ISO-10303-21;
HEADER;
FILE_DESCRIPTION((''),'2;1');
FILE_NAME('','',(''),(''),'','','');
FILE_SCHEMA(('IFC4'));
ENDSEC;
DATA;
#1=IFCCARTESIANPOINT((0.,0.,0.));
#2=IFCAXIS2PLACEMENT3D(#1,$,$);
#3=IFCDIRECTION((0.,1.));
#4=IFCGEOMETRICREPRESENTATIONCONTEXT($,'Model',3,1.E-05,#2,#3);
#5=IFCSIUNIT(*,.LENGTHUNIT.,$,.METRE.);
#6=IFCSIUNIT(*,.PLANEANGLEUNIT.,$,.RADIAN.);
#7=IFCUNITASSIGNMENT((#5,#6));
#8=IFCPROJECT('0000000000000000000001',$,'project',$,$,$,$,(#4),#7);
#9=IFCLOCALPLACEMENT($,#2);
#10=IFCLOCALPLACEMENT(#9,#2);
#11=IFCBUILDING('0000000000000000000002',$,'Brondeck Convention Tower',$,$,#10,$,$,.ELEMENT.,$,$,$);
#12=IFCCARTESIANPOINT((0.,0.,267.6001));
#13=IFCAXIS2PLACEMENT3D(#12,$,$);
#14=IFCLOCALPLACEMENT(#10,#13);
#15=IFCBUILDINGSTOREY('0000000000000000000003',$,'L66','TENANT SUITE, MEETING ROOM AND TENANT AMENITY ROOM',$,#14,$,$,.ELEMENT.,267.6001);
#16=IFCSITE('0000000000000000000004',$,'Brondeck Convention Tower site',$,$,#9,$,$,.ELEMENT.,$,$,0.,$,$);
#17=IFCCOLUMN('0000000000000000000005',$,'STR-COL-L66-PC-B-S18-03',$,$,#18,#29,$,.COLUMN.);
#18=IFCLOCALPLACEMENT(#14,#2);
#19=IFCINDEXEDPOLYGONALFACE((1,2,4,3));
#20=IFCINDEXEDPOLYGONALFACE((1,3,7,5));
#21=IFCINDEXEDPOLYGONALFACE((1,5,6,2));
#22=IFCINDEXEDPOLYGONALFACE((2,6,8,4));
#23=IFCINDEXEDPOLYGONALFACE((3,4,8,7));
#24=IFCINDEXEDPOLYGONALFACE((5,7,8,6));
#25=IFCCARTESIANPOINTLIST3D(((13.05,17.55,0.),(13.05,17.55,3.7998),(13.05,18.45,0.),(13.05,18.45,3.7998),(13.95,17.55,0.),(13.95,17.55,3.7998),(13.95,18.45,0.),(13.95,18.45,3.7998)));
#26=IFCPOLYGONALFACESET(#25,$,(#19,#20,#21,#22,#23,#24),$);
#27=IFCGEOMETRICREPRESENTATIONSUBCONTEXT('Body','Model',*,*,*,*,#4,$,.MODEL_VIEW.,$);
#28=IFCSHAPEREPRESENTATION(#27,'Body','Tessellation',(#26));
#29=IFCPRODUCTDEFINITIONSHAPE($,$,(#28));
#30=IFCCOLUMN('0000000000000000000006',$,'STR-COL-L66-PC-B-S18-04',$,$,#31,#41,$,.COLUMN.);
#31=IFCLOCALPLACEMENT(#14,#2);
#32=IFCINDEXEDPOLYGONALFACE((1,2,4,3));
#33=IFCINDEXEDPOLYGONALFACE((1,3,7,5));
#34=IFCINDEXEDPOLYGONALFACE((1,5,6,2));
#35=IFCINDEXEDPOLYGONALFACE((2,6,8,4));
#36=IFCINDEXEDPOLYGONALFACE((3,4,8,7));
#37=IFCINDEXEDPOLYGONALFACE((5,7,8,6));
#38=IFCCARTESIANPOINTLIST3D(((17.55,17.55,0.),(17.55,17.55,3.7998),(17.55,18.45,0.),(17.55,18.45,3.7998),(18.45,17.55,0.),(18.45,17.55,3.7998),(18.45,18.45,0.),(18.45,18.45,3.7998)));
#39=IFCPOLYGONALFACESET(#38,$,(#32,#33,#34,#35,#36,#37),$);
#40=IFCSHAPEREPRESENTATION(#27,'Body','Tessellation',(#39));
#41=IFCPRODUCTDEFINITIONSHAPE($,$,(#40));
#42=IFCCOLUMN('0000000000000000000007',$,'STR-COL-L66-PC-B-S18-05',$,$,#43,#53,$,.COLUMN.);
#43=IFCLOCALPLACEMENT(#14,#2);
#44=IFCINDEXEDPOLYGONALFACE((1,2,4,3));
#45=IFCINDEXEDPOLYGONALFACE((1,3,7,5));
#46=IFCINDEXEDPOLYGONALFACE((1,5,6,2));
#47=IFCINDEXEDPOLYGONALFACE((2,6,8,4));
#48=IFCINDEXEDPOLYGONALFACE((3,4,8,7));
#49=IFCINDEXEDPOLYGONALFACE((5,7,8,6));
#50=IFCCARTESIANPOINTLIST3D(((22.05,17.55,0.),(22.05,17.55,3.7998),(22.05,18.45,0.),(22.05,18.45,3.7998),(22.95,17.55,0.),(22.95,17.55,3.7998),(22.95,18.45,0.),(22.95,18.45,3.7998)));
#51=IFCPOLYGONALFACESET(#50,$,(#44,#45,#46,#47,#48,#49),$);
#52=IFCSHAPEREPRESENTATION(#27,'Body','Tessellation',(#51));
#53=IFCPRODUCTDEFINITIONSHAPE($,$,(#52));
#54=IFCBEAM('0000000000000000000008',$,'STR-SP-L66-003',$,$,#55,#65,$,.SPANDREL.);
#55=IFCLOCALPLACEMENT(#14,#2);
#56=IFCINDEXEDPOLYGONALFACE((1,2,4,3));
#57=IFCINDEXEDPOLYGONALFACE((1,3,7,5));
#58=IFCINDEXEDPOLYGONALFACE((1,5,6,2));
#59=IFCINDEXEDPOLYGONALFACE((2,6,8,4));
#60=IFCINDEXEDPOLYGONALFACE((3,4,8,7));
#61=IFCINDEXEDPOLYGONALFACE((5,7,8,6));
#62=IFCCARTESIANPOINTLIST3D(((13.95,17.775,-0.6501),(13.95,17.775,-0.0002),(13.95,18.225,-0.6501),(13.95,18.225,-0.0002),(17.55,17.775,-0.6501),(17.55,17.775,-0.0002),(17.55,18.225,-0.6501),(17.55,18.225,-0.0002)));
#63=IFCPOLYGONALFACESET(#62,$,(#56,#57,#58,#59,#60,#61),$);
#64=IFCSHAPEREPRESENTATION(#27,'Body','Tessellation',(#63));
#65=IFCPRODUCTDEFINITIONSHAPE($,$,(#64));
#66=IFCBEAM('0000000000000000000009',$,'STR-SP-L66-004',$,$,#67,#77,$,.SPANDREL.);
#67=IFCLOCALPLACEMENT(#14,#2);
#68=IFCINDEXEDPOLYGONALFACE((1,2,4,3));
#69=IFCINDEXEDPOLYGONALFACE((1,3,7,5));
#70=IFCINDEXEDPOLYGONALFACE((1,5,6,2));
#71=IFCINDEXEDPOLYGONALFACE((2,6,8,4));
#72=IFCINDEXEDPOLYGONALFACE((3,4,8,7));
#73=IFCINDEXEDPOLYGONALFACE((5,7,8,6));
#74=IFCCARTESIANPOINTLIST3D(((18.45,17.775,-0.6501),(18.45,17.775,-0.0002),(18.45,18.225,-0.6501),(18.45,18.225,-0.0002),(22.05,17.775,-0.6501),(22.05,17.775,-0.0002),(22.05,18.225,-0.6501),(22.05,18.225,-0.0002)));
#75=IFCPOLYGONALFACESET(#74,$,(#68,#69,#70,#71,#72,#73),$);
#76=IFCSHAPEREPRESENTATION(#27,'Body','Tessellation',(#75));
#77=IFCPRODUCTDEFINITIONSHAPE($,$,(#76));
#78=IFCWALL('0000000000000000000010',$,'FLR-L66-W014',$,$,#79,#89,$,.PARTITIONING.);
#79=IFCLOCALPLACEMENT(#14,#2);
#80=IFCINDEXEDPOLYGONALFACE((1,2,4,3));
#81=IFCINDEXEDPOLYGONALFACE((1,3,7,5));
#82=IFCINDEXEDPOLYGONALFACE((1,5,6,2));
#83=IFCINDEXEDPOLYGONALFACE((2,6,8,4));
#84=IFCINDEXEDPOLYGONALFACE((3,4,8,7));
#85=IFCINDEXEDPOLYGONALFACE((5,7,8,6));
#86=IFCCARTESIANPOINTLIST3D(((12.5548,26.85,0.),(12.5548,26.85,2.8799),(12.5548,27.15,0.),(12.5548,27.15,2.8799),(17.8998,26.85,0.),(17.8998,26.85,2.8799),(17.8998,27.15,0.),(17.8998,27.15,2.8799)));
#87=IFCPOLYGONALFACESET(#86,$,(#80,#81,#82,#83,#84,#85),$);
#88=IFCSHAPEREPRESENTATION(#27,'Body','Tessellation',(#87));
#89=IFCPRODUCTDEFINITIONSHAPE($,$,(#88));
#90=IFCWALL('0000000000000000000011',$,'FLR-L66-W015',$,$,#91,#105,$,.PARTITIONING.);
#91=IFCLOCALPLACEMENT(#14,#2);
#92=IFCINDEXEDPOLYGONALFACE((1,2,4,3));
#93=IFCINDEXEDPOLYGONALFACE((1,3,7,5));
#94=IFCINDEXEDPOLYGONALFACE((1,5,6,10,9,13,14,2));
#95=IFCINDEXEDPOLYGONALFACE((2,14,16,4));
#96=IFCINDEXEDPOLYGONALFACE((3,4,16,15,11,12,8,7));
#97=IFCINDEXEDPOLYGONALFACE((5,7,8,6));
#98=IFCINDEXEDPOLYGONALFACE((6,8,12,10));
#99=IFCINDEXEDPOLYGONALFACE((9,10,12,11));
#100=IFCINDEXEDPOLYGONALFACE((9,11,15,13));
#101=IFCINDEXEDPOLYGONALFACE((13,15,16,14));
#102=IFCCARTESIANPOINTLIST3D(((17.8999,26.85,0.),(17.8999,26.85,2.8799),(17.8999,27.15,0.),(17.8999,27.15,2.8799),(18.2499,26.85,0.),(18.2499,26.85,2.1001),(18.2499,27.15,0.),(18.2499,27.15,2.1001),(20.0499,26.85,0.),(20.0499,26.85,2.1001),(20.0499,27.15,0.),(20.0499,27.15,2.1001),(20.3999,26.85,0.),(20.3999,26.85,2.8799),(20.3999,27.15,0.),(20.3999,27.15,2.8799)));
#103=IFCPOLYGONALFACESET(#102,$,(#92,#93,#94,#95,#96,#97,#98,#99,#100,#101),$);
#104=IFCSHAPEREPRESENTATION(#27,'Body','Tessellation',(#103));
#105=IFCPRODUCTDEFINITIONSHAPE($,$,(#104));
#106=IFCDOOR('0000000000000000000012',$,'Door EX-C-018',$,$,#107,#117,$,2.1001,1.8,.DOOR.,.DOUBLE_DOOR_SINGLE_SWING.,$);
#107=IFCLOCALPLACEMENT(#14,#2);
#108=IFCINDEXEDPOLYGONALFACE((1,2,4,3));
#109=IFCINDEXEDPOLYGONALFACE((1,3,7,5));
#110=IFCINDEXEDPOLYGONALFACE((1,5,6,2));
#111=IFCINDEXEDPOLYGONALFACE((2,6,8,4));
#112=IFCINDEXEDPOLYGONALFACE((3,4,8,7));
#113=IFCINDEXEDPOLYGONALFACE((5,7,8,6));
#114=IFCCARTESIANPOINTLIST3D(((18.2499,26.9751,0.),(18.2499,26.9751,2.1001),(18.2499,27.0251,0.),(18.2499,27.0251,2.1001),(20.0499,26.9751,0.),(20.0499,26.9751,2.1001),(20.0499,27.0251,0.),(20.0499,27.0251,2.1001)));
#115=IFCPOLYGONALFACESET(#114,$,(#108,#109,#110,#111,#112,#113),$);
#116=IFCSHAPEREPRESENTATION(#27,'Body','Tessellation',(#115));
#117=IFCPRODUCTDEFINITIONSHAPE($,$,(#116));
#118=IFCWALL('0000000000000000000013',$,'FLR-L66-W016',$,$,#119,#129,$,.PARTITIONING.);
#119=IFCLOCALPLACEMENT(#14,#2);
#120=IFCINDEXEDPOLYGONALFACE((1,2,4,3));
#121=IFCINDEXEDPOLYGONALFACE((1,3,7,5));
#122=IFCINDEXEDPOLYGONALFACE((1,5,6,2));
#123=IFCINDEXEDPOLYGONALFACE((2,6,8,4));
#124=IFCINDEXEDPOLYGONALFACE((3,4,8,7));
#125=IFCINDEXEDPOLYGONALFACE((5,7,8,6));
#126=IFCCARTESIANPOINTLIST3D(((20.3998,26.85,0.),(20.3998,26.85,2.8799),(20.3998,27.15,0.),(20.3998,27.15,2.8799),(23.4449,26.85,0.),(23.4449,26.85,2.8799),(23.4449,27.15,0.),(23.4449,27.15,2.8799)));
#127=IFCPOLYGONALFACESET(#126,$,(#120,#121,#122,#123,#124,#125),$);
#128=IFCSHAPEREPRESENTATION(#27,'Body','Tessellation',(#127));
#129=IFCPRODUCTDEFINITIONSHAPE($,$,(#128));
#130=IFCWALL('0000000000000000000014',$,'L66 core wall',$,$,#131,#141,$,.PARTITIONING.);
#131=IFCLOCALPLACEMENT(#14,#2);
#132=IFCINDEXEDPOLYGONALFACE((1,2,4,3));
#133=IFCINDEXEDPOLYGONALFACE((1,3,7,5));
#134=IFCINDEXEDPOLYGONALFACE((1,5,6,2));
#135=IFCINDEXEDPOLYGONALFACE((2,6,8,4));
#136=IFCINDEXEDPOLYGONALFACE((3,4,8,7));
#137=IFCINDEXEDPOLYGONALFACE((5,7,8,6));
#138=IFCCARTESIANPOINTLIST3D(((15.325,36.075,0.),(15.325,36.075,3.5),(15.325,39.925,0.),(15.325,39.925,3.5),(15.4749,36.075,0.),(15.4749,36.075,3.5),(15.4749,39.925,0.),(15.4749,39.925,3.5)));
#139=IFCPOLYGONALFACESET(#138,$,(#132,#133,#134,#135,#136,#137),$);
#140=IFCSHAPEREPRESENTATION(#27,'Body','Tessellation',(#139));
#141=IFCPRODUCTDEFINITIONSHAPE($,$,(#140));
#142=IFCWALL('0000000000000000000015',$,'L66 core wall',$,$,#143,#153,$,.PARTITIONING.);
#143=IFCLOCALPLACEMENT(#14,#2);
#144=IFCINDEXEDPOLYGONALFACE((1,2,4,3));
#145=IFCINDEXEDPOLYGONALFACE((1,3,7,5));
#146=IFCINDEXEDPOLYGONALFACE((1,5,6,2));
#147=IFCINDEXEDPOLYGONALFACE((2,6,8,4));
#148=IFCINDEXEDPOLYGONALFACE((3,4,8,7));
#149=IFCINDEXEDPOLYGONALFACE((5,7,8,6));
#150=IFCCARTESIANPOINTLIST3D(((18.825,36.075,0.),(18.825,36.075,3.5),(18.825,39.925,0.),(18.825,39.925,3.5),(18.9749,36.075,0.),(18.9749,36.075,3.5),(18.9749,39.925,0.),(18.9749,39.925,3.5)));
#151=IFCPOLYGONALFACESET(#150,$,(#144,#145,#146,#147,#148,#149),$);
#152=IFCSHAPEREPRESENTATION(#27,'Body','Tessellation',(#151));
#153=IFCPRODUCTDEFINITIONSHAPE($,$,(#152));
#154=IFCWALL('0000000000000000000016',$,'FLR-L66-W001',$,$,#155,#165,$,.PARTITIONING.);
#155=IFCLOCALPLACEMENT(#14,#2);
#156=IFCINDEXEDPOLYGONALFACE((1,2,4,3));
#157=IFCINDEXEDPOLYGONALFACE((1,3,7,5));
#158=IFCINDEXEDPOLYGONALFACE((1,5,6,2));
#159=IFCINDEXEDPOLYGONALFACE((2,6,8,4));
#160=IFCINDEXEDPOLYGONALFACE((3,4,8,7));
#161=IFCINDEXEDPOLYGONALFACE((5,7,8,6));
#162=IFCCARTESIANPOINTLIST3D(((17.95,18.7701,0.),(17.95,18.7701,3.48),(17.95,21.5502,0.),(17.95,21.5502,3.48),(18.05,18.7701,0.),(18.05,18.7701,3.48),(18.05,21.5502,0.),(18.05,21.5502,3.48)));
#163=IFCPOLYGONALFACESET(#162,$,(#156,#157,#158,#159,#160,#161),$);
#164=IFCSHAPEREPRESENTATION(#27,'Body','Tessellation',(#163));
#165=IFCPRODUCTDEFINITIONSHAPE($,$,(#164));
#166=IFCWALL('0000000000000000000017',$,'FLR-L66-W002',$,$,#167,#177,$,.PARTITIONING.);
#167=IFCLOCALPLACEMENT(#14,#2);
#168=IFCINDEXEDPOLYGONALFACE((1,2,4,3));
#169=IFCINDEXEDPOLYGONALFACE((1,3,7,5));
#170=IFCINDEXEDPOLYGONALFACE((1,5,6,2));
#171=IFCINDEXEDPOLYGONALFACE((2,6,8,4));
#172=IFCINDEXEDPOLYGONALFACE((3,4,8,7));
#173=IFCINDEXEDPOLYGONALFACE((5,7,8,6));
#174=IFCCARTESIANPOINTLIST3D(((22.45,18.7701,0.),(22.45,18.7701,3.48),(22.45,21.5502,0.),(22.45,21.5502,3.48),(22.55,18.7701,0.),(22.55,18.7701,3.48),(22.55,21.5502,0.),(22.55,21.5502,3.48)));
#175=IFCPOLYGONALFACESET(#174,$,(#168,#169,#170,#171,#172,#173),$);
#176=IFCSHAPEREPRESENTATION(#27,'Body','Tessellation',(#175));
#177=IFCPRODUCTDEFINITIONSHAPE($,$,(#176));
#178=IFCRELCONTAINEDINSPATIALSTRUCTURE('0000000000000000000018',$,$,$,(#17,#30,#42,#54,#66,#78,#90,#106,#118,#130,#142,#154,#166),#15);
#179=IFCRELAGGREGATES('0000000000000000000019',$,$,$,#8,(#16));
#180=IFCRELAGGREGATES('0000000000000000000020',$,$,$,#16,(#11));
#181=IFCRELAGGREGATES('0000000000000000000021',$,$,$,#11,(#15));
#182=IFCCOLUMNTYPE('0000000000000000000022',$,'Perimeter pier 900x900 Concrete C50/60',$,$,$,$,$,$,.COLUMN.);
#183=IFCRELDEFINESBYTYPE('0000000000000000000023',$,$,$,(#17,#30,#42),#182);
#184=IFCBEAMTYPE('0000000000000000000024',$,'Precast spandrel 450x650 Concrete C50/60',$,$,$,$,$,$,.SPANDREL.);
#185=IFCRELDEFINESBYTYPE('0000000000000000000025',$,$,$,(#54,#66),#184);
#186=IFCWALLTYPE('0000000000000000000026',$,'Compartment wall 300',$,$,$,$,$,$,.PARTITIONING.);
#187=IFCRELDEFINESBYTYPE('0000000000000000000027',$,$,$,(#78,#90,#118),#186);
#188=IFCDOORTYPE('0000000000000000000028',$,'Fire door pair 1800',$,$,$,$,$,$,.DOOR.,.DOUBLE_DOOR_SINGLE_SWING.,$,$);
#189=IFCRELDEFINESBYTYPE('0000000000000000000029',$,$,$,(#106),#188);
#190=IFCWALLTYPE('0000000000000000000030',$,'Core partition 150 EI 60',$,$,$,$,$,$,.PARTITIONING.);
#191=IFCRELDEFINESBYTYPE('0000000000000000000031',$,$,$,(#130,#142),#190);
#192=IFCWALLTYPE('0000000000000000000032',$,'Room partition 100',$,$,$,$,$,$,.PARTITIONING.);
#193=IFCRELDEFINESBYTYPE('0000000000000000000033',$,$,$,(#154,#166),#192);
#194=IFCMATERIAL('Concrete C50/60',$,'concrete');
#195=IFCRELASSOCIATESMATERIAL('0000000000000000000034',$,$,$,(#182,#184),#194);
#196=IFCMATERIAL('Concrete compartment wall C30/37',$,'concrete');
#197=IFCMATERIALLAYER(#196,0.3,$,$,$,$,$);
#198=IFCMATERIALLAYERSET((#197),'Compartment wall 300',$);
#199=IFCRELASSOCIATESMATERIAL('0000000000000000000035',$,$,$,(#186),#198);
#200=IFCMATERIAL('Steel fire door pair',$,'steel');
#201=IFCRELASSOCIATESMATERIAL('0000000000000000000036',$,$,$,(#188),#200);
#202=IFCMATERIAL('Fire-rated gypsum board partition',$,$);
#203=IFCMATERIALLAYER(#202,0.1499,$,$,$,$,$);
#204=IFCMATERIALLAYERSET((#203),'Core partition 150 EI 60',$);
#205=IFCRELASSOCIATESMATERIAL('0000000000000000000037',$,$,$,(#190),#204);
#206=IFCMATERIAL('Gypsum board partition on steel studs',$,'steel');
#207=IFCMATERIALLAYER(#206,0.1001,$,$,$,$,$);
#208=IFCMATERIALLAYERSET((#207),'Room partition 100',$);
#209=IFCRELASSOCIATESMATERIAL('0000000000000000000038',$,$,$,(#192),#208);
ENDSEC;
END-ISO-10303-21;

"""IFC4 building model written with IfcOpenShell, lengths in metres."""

from ifc_helpers import new_model, si_unit, direction, frame, frame_2d, origin, origin_2d, place, context, subcontext, project, spatial, rectangle, extrude, material, layer, layer_set, material_profile, profile_set, type_object, element, fill, save


model = new_model("IFC4")

# Units and contexts
model_context = context("Model", 3, precision=1e-05, world=origin(), true_north=direction((0.0, 1.0)))
body_context = subcontext(model_context, "Body", "Model", "MODEL_VIEW")
ifc_project = project(units=[si_unit("LENGTHUNIT", "METRE"), si_unit("PLANEANGLEUNIT", "RADIAN")], contexts=[model_context])

# Site, building, storey
site_placement = place(None, origin())
site = spatial("IfcSite", under=ifc_project, at=site_placement, Name="Brondeck Convention Tower site", CompositionType="ELEMENT", RefElevation=0.0)
building_placement = place(site_placement, origin())
building = spatial("IfcBuilding", under=site, at=building_placement, Name="Brondeck Convention Tower", CompositionType="ELEMENT")
storey_placement = place(building_placement, frame((0.0, 0.0, 267.6001)))
storey = spatial("IfcBuildingStorey", under=building, at=storey_placement, Name="L66", Description="TENANT SUITE, MEETING ROOM AND TENANT AMENITY ROOM", CompositionType="ELEMENT", Elevation=267.6001)

# Columns
ifc_material_1 = material(Name="Concrete C50/60", Category="concrete")
ifc_material_profile_1 = material_profile(ifc_material_1, rectangle(XDim=0.8999, YDim=0.8999, at=origin_2d()), Name="Perimeter pier 900x900 Concrete C50/60")
ifc_profile_set_1 = profile_set([ifc_material_profile_1], Name="Concrete C50/60")
column_type = type_object("IfcColumnType", Name="Perimeter pier 900x900 Concrete C50/60", PredefinedType="COLUMN", material=ifc_profile_set_1)
for number, where, z_axis, x_axis, name in (
    (1, (13.5, 18.0, 0.0), (0.0, 0.0, 1.0), (1.0, 0.0, 0.0), "STR-COL-L66-PC-B-S18-03"),
    (2, (18.0, 18.0, 0.0), (0.0, 0.0, 1.0), (1.0, 0.0, 0.0), "STR-COL-L66-PC-B-S18-04"),
    (3, (22.5, 18.0, 0.0), (0.0, 0.0, 1.0), (1.0, 0.0, 0.0), "STR-COL-L66-PC-B-S18-05"),
):
    element("IfcColumn", number, at=place(storey_placement, frame(where, z_axis=z_axis, x_axis=x_axis)), inside=storey, type_object=column_type, Name=name, PredefinedType="COLUMN", context=body_context, shape_type="SweptSolid", body=[
        extrude(rectangle(XDim=0.8999, YDim=0.8999, at=origin_2d()), origin(), (0.0, 0.0, 1.0), 3.7998),
    ])

# Beams
ifc_material_profile_2 = material_profile(ifc_material_1, rectangle(XDim=0.45, YDim=0.6499, at=origin_2d()), Name="Precast spandrel 450x650 Concrete C50/60")
ifc_profile_set_2 = profile_set([ifc_material_profile_2], Name="Concrete C50/60")
beam_type = type_object("IfcBeamType", Name="Precast spandrel 450x650 Concrete C50/60", PredefinedType="SPANDREL", material=ifc_profile_set_2)
for number, where, z_axis, x_axis, name in (
    (4, (13.95, 18.0, -0.3252), (1.0, 0.0, 0.0), (0.0, 1.0, 0.0), "STR-SP-L66-003"),
    (5, (18.45, 18.0, -0.3252), (1.0, 0.0, 0.0), (0.0, 1.0, 0.0), "STR-SP-L66-004"),
):
    element("IfcBeam", number, at=place(storey_placement, frame(where, z_axis=z_axis, x_axis=x_axis)), inside=storey, type_object=beam_type, Name=name, PredefinedType="SPANDREL", context=body_context, shape_type="SweptSolid", body=[
        extrude(rectangle(XDim=0.45, YDim=0.6499, at=origin_2d()), origin(), (0.0, 0.0, 1.0), 3.6001),
    ])

# Wall
ifc_material_2 = material(Name="Concrete compartment wall C30/37", Category="concrete")
ifc_layer_1 = layer(ifc_material_2, 0.3)
ifc_layer_set_1 = layer_set([ifc_layer_1], Name="Compartment wall 300")
wall_type_1 = type_object("IfcWallType", Name="Compartment wall 300", PredefinedType="PARTITIONING", material=ifc_layer_set_1)
wall_1_placement = place(storey_placement, frame((12.5549, 27.0, 0.0), z_axis=(0.0, 0.0, 1.0), x_axis=(1.0, 0.0, 0.0)))
element("IfcWall", 6, at=wall_1_placement, inside=storey, type_object=wall_type_1, Name="FLR-L66-W014", PredefinedType="PARTITIONING", context=body_context, shape_type="SweptSolid", body=[
    extrude(rectangle(XDim=5.345, YDim=0.3, at=frame_2d((2.6724, 0.0))), origin(), (0.0, 0.0, 1.0), 2.8799),
])

# Wall, opening, door
wall_2_placement = place(storey_placement, frame((20.3999, 27.0, 0.0), z_axis=(0.0, 0.0, 1.0), x_axis=(-1.0, 0.0, 0.0)))
wall_2 = element("IfcWall", 7, at=wall_2_placement, inside=storey, type_object=wall_type_1, Name="FLR-L66-W015", PredefinedType="PARTITIONING", context=body_context, shape_type="SweptSolid", body=[
    extrude(rectangle(XDim=2.5, YDim=0.3, at=frame_2d((1.25, 0.0))), origin(), (0.0, 0.0, 1.0), 2.8799),
])
opening_1_placement = place(wall_2_placement, frame((0.3501, 0.0, 0.0)))
opening_1 = element("IfcOpeningElement", 8, at=opening_1_placement, cuts=wall_2, PredefinedType="OPENING", context=body_context, shape_type="SweptSolid", body=[
    extrude(rectangle(XDim=1.8, YDim=2.1001, at=frame_2d((0.8999, 1.05))), frame((0.0, 0.1599, 0.0), z_axis=(0.0, -1.0, 0.0), x_axis=(1.0, 0.0, 0.0)), (0.0, 0.0, 1.0), 0.3201),
])
ifc_material_3 = material(Name="Steel fire door pair", Category="steel")
door_type_1 = type_object("IfcDoorType", Name="Fire door pair 1800", OperationType="DOUBLE_DOOR_SINGLE_SWING", PredefinedType="DOOR", material=ifc_material_3)
door_1_placement = place(opening_1_placement, origin())
door_1 = element("IfcDoor", 9, at=door_1_placement, inside=storey, type_object=door_type_1, Name="Door EX-C-018", OperationType="DOUBLE_DOOR_SINGLE_SWING", OverallHeight=2.1001, OverallWidth=1.8, PredefinedType="DOOR", context=body_context, shape_type="SweptSolid", body=[
    extrude(rectangle(XDim=1.8, YDim=2.1001, at=frame_2d((0.8999, 1.05))), frame((0.0, 0.0249, 0.0), z_axis=(0.0, -1.0, 0.0), x_axis=(1.0, 0.0, 0.0)), (0.0, 0.0, 1.0), 0.05),
])
fill(opening_1, door_1)

# Walls
wall_3_placement = place(storey_placement, frame((20.3999, 27.0, 0.0), z_axis=(0.0, 0.0, 1.0), x_axis=(1.0, 0.0, 0.0)))
element("IfcWall", 10, at=wall_3_placement, inside=storey, type_object=wall_type_1, Name="FLR-L66-W016", PredefinedType="PARTITIONING", context=body_context, shape_type="SweptSolid", body=[
    extrude(rectangle(XDim=3.0452, YDim=0.3, at=frame_2d((1.5225, 0.0))), origin(), (0.0, 0.0, 1.0), 2.8799),
])
ifc_material_4 = material(Name="Fire-rated gypsum board partition")
ifc_layer_2 = layer(ifc_material_4, 0.1499)
ifc_layer_set_2 = layer_set([ifc_layer_2], Name="Core partition 150 EI 60")
wall_type_2 = type_object("IfcWallType", Name="Core partition 150 EI 60", PredefinedType="PARTITIONING", material=ifc_layer_set_2)
for number, where, z_axis, x_axis, name in (
    (11, (15.3999, 36.075, 0.0), (0.0, 0.0, 1.0), (0.0, 1.0, 0.0), "L66 core wall"),
    (12, (18.8999, 36.075, 0.0), (0.0, 0.0, 1.0), (0.0, 1.0, 0.0), "L66 core wall"),
):
    element("IfcWall", number, at=place(storey_placement, frame(where, z_axis=z_axis, x_axis=x_axis)), inside=storey, type_object=wall_type_2, Name=name, PredefinedType="PARTITIONING", context=body_context, shape_type="SweptSolid", body=[
        extrude(rectangle(XDim=3.8501, YDim=0.1499, at=frame_2d((1.925, 0.0))), origin(), (0.0, 0.0, 1.0), 3.5),
    ])
ifc_material_5 = material(Name="Gypsum board partition on steel studs", Category="steel")
ifc_layer_3 = layer(ifc_material_5, 0.1001)
ifc_layer_set_3 = layer_set([ifc_layer_3], Name="Room partition 100")
wall_type_3 = type_object("IfcWallType", Name="Room partition 100", PredefinedType="PARTITIONING", material=ifc_layer_set_3)
for number, where, z_axis, x_axis, name in (
    (13, (18.0, 18.77, 0.0), (0.0, 0.0, 1.0), (0.0, 1.0, 0.0), "FLR-L66-W001"),
    (14, (22.5, 18.77, 0.0), (0.0, 0.0, 1.0), (0.0, 1.0, 0.0), "FLR-L66-W002"),
):
    element("IfcWall", number, at=place(storey_placement, frame(where, z_axis=z_axis, x_axis=x_axis)), inside=storey, type_object=wall_type_3, Name=name, PredefinedType="PARTITIONING", context=body_context, shape_type="SweptSolid", body=[
        extrude(rectangle(XDim=2.78, YDim=0.1001, at=frame_2d((1.3901, 0.0))), origin(), (0.0, 0.0, 1.0), 3.48),
    ])

save(model, "model.ifc")
